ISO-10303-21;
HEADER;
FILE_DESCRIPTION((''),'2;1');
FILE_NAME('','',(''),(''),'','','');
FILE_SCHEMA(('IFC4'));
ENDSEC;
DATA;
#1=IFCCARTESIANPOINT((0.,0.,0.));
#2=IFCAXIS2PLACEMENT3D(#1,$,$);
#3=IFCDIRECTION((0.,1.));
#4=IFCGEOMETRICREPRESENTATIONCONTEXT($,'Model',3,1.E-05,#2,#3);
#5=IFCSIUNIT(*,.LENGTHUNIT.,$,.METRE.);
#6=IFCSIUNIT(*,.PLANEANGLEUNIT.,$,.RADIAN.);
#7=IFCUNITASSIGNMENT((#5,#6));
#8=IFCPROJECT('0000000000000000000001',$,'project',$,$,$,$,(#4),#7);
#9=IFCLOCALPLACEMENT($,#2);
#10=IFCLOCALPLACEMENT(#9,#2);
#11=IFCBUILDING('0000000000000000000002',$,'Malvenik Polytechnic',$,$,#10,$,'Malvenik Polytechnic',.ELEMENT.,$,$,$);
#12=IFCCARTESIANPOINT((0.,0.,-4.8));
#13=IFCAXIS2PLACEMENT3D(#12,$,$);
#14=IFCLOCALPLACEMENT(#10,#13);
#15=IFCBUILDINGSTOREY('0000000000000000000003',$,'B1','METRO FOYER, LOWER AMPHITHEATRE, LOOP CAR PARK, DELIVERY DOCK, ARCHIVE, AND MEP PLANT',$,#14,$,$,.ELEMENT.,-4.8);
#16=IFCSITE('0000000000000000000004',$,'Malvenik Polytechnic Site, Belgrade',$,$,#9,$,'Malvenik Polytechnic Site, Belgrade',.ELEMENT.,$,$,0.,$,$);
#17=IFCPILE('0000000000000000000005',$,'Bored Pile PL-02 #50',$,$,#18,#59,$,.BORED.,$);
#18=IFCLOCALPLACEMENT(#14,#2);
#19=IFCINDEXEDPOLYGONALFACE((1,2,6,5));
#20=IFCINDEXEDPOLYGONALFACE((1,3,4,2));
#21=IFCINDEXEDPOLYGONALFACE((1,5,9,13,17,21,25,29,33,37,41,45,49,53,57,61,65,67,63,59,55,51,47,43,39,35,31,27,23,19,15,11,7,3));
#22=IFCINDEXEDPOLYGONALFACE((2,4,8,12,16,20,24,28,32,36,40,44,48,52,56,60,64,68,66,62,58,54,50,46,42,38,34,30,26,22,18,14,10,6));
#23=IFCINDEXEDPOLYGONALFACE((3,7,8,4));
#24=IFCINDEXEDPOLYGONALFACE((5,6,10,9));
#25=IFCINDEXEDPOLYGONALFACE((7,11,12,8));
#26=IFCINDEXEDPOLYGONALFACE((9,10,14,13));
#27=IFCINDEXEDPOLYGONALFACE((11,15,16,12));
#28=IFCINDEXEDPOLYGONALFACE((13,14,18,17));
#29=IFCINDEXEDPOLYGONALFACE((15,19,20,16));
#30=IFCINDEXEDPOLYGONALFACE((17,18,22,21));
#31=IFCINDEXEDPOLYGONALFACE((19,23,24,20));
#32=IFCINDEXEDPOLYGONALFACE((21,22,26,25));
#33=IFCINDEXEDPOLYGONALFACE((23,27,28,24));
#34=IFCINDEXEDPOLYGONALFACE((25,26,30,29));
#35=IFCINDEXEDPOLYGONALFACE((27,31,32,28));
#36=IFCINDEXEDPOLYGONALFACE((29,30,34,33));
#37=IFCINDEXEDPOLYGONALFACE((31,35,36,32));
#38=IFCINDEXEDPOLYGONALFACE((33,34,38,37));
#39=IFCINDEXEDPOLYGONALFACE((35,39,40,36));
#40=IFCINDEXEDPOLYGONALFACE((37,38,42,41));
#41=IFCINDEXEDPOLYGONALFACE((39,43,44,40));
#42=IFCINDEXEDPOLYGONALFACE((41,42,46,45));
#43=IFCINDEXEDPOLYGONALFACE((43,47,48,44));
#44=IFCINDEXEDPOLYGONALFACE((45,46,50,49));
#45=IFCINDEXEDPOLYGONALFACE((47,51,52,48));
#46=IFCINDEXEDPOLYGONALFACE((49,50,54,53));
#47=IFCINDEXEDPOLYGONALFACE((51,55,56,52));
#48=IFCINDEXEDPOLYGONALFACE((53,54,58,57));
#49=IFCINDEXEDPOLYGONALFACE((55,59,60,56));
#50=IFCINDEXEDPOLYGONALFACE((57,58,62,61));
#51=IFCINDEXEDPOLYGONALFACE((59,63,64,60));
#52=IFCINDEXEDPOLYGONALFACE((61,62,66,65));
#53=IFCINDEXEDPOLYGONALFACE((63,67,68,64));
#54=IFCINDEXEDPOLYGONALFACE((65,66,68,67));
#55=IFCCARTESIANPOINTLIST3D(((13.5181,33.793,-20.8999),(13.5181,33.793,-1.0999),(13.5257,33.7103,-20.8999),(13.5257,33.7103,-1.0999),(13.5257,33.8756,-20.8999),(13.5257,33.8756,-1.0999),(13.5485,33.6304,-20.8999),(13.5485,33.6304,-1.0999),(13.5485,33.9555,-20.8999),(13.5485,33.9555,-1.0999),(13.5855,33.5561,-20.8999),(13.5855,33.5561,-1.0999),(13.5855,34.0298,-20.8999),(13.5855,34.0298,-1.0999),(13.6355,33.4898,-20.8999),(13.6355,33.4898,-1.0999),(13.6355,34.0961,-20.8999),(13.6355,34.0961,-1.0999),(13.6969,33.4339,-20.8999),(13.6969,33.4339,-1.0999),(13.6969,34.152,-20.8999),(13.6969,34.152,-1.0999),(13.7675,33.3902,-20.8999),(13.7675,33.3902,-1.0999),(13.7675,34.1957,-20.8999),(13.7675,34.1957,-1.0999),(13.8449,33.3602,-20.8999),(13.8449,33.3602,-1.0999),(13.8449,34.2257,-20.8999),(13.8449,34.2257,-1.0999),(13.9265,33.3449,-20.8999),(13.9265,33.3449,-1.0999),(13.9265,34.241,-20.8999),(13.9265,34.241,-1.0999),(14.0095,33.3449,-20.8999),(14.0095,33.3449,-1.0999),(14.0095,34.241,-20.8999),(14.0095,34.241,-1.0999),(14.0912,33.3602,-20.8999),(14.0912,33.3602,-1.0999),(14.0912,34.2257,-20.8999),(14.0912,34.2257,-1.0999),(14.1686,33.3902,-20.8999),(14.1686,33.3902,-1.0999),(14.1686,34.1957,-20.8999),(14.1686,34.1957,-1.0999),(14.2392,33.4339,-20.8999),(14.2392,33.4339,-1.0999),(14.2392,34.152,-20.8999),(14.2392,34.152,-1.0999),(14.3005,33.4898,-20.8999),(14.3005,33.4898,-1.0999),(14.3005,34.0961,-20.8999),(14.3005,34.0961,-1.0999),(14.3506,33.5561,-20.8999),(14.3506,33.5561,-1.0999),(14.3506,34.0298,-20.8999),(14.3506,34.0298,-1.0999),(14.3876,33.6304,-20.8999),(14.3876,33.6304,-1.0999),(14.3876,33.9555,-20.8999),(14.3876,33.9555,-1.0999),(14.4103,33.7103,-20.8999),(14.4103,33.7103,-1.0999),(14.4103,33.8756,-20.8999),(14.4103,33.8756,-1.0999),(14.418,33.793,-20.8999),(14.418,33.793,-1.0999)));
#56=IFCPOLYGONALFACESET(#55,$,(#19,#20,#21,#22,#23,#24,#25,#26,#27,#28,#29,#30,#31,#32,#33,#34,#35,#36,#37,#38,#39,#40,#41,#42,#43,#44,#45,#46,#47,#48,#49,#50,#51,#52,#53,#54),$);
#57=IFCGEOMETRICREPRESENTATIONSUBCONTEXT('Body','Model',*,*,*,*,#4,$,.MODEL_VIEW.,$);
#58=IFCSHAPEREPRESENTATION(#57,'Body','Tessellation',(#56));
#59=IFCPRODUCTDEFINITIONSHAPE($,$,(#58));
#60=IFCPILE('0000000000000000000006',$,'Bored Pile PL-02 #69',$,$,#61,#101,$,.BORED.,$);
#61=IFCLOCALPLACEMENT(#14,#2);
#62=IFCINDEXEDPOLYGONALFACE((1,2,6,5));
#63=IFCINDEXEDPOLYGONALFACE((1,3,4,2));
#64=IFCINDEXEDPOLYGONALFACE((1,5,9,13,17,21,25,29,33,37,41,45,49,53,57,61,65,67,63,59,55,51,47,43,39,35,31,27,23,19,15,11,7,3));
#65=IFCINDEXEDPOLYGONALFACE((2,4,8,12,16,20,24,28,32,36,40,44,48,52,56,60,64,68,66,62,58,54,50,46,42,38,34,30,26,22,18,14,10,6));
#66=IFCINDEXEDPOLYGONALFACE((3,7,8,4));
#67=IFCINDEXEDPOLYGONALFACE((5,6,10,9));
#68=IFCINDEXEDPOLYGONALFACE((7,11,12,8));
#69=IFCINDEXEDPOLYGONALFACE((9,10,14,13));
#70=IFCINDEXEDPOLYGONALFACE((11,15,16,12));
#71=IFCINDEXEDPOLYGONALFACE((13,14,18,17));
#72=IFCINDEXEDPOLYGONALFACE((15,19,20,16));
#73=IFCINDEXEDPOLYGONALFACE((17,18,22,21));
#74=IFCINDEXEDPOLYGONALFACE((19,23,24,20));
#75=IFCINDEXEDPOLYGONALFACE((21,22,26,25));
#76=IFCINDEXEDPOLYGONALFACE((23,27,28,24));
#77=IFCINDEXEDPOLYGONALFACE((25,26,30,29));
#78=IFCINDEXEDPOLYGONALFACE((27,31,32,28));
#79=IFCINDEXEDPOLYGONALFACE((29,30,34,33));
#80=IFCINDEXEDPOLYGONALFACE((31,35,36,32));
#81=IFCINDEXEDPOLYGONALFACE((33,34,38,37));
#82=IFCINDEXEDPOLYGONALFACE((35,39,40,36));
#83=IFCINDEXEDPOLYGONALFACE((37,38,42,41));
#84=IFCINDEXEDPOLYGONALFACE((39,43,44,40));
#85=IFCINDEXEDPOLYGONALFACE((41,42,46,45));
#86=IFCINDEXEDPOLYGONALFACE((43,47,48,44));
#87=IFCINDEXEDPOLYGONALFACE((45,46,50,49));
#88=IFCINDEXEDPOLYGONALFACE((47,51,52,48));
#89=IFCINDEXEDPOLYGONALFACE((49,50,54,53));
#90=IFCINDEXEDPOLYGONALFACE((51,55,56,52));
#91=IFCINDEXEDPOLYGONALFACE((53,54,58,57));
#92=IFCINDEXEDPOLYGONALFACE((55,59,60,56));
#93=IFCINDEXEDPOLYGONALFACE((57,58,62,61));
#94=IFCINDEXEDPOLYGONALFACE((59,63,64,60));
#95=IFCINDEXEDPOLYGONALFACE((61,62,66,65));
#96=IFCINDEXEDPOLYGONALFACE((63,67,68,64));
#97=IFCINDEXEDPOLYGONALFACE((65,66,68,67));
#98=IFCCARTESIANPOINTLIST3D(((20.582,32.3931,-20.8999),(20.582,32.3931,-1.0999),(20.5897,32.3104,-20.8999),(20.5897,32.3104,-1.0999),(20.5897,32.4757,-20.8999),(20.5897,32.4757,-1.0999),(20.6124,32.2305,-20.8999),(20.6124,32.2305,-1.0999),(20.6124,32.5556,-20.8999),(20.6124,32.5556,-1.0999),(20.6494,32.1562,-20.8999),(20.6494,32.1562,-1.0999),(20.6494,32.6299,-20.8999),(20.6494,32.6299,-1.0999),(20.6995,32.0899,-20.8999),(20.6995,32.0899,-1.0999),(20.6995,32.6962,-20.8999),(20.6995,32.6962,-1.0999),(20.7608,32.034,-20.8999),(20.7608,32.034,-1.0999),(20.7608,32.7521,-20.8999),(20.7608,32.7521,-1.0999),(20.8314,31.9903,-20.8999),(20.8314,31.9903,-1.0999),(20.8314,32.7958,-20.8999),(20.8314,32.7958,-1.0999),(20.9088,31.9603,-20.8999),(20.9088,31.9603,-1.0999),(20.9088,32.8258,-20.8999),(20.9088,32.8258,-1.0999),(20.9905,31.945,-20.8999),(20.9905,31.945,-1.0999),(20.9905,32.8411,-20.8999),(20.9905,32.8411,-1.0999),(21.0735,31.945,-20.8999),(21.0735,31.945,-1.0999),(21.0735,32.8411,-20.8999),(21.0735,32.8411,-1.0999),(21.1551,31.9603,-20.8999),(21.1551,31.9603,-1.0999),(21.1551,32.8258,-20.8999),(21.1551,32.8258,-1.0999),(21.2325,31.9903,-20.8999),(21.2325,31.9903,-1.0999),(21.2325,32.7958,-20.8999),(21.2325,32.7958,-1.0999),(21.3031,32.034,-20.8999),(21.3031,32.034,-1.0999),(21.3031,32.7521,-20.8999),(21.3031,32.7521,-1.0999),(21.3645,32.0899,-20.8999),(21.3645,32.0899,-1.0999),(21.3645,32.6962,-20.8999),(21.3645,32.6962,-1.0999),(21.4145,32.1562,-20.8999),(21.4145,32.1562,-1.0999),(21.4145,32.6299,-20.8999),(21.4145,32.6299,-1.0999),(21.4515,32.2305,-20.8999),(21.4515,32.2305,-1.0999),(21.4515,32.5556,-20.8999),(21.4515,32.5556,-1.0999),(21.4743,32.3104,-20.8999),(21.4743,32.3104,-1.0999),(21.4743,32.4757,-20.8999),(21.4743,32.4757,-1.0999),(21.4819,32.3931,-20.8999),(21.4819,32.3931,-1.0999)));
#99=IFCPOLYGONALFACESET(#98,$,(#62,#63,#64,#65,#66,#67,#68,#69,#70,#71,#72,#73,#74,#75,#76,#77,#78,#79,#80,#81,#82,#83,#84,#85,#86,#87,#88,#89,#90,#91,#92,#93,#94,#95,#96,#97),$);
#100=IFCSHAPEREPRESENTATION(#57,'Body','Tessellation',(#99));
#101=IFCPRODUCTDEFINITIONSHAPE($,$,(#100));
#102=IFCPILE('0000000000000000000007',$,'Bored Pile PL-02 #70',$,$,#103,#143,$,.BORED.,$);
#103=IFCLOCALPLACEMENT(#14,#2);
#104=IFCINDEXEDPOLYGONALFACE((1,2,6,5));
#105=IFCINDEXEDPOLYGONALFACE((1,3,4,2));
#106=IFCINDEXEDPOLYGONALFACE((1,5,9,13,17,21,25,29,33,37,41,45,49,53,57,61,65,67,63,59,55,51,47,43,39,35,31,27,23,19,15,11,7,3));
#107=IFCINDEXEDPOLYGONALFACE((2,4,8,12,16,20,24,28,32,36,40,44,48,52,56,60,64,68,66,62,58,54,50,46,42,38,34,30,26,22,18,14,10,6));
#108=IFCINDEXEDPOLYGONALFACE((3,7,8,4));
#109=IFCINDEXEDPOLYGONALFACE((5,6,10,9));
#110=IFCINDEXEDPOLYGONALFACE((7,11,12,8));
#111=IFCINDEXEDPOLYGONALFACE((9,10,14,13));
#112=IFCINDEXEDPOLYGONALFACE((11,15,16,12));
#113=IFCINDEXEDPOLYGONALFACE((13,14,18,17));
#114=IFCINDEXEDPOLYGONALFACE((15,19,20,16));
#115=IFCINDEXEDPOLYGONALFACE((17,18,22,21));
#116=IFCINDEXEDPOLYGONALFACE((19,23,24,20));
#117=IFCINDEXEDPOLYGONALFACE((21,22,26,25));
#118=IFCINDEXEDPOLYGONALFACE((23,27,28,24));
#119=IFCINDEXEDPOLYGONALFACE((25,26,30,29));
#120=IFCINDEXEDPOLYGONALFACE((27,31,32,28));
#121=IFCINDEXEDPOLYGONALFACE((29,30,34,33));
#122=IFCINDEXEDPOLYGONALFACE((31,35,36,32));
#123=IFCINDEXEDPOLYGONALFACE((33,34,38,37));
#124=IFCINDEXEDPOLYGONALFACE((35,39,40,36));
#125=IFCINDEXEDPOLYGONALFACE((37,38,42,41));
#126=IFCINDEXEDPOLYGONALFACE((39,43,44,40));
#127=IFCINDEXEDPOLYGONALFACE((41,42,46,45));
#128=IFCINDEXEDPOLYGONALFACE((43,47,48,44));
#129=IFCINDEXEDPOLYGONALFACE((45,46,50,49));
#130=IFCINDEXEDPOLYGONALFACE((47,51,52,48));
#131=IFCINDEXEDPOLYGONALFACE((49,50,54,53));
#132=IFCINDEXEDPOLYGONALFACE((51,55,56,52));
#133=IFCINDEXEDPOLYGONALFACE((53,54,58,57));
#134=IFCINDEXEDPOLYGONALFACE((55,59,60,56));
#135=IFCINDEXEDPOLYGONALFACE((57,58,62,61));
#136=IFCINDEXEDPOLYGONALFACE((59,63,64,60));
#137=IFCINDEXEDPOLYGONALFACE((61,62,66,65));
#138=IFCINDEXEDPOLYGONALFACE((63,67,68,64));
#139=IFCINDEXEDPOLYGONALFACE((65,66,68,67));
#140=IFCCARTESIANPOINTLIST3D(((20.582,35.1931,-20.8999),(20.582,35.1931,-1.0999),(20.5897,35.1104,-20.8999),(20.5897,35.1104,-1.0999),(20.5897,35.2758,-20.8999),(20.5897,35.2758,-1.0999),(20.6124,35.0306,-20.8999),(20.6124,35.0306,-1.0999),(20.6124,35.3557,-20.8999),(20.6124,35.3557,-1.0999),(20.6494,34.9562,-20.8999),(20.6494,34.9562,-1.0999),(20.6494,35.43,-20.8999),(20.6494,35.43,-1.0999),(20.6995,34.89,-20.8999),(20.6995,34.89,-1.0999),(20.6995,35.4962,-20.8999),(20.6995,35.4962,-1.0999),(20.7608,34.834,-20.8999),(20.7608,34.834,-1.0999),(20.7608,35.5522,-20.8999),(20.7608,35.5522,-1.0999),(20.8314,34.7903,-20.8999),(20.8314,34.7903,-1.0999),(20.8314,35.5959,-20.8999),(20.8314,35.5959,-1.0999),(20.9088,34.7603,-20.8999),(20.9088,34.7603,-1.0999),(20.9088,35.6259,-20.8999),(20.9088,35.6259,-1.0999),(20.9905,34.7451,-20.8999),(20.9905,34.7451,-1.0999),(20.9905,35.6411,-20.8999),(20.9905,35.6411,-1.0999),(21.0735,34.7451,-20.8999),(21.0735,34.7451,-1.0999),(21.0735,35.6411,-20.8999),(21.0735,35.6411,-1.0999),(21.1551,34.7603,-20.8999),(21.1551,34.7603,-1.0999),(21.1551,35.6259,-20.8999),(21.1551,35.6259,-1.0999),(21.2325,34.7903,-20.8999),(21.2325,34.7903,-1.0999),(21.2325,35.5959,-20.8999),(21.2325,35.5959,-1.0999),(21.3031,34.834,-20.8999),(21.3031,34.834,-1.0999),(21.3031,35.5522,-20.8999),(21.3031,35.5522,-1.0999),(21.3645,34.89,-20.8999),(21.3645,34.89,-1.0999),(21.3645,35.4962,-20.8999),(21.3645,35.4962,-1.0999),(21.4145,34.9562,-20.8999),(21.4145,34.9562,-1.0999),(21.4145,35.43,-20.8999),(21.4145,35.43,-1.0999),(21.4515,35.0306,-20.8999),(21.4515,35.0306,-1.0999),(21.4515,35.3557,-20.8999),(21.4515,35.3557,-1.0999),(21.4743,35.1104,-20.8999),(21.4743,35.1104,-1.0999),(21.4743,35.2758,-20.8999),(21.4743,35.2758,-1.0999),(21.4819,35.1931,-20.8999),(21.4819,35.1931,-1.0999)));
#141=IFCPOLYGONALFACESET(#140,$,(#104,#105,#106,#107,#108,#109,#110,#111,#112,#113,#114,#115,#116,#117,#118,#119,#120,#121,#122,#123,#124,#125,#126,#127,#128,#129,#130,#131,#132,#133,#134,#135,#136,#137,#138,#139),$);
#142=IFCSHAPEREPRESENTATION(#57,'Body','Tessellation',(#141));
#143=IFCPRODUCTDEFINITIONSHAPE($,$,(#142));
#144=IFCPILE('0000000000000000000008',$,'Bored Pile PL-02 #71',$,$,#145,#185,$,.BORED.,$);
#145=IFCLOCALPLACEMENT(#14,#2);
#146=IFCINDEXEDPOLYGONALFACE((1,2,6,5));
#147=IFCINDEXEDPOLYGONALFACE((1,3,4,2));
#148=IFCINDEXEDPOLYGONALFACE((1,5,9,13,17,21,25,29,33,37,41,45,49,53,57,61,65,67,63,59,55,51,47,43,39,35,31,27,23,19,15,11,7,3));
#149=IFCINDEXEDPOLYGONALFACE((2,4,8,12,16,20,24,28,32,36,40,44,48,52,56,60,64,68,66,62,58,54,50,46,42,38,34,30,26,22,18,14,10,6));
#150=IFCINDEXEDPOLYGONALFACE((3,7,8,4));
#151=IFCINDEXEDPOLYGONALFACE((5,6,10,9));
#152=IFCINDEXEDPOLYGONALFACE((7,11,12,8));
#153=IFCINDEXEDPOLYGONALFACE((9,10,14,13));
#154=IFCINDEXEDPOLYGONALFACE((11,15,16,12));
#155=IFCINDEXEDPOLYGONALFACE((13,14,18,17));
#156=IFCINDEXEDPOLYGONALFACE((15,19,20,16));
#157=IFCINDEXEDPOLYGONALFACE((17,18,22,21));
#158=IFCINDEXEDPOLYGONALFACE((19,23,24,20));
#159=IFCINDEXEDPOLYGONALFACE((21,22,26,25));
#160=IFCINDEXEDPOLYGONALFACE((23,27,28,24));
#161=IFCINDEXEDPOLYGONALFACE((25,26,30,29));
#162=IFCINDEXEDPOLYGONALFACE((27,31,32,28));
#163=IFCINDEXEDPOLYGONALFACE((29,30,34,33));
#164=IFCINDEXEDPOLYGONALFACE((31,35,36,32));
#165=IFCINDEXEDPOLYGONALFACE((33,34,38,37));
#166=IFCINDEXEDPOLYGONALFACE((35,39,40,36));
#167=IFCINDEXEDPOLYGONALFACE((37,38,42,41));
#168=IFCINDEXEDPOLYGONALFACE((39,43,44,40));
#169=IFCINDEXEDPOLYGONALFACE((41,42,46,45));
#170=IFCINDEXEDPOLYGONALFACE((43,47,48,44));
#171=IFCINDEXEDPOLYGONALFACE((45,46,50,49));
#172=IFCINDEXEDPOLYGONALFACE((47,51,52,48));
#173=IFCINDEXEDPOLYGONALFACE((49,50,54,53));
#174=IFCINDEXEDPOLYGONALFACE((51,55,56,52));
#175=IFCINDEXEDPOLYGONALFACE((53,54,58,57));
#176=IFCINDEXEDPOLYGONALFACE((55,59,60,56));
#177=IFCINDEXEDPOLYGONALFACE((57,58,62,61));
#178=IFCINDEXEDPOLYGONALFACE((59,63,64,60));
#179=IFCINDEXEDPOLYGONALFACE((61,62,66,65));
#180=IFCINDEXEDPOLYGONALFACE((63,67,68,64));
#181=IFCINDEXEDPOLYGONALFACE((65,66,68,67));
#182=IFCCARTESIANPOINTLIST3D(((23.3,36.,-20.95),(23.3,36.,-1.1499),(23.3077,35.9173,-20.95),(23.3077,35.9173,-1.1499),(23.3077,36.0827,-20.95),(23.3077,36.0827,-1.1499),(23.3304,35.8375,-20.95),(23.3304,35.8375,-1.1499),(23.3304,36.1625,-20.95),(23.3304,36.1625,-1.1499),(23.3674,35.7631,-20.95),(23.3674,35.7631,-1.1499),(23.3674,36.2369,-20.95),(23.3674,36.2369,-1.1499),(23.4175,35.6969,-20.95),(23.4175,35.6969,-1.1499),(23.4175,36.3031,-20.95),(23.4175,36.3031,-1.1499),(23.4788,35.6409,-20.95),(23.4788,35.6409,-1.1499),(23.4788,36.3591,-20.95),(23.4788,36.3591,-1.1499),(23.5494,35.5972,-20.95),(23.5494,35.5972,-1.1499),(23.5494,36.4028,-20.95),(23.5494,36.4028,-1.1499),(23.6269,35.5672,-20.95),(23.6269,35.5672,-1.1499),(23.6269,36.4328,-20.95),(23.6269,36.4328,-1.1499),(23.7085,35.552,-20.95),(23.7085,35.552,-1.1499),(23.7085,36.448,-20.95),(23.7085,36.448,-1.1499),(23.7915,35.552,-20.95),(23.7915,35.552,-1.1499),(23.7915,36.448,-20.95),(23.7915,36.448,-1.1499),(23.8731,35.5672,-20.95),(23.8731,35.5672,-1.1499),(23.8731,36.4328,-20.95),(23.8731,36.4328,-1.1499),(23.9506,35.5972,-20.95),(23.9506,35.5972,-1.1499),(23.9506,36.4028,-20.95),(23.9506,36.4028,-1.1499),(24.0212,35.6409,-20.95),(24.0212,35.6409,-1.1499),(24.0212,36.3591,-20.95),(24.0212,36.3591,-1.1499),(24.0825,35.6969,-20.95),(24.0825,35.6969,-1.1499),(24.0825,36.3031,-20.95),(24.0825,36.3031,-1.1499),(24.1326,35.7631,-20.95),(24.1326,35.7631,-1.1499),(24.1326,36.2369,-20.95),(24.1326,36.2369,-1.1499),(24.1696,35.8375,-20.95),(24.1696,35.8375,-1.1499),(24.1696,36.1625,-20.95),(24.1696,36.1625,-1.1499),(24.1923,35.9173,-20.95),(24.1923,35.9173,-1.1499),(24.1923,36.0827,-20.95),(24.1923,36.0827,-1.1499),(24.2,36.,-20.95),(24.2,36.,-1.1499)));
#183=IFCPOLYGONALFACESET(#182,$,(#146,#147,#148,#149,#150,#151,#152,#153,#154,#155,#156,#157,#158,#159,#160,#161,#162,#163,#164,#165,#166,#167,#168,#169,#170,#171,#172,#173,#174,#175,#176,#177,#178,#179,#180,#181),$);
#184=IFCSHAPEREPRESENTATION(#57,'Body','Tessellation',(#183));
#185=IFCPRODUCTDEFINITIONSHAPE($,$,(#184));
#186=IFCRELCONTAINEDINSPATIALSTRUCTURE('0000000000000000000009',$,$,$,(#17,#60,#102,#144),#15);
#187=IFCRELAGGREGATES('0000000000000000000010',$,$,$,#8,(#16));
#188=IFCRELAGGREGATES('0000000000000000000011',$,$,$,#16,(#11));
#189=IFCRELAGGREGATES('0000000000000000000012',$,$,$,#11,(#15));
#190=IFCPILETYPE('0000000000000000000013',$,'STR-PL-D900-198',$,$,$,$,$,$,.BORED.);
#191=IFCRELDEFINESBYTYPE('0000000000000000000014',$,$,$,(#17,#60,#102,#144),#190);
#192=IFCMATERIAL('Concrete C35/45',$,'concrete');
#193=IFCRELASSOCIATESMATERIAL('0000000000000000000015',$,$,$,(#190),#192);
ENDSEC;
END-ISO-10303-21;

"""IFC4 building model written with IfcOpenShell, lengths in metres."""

from ifc_helpers import new_model, si_unit, direction, frame, origin, origin_2d, place, context, subcontext, project, spatial, circle, extrude, material, material_profile, profile_set, type_object, element, save


model = new_model("IFC4")

# Units and contexts
model_context = context("Model", 3, precision=1e-05, world=origin(), true_north=direction((0.0, 1.0)))
body_context = subcontext(model_context, "Body", "Model", "MODEL_VIEW")
ifc_project = project(units=[si_unit("LENGTHUNIT", "METRE"), si_unit("PLANEANGLEUNIT", "RADIAN")], contexts=[model_context])

# Site, building, storey
site_placement = place(None, origin())
site = spatial("IfcSite", under=ifc_project, at=site_placement, Name="Malvenik Polytechnic Site, Belgrade", LongName="Malvenik Polytechnic Site, Belgrade", CompositionType="ELEMENT", RefElevation=0.0)
building_placement = place(site_placement, origin())
building = spatial("IfcBuilding", under=site, at=building_placement, Name="Malvenik Polytechnic", LongName="Malvenik Polytechnic", CompositionType="ELEMENT")
storey_placement = place(building_placement, frame((0.0, 0.0, -4.8)))
storey = spatial("IfcBuildingStorey", under=building, at=storey_placement, Name="B1", Description="METRO FOYER, LOWER AMPHITHEATRE, LOOP CAR PARK, DELIVERY DOCK, ARCHIVE, AND MEP PLANT", CompositionType="ELEMENT", Elevation=-4.8)

# Shared definitions
ifc_material_1 = material(Name="Concrete C35/45", Category="concrete")

# Piles
ifc_material_profile_1 = material_profile(ifc_material_1, circle(Radius=0.45, at=origin_2d()), Name="BORED PILE D900")
ifc_profile_set_1 = profile_set([ifc_material_profile_1], Name="Concrete C35/45")
pile_type = type_object("IfcPileType", Name="STR-PL-D900-198", PredefinedType="BORED", material=ifc_profile_set_1)
for number, where, z_axis, x_axis, name in (
    (1, (13.968, 33.793, -1.0999), (0.0, 0.0, -1.0), (1.0, 0.0, 0.0), "Bored Pile PL-02 #50"),
    (2, (21.032, 32.3931, -1.0999), (0.0, 0.0, -1.0), (1.0, 0.0, 0.0), "Bored Pile PL-02 #69"),
    (3, (21.032, 35.1931, -1.0999), (0.0, 0.0, -1.0), (1.0, 0.0, 0.0), "Bored Pile PL-02 #70"),
    (4, (23.75, 36.0, -1.1499), (0.0, 0.0, -1.0), (1.0, 0.0, 0.0), "Bored Pile PL-02 #71"),
):
    element("IfcPile", number, at=place(storey_placement, frame(where, z_axis=z_axis, x_axis=x_axis)), inside=storey, type_object=pile_type, Name=name, PredefinedType="BORED", context=body_context, shape_type="SweptSolid", body=[
        extrude(circle(Radius=0.45, at=origin_2d()), origin(), (0.0, 0.0, 1.0), 19.8),
    ])

save(model, "model.ifc")
